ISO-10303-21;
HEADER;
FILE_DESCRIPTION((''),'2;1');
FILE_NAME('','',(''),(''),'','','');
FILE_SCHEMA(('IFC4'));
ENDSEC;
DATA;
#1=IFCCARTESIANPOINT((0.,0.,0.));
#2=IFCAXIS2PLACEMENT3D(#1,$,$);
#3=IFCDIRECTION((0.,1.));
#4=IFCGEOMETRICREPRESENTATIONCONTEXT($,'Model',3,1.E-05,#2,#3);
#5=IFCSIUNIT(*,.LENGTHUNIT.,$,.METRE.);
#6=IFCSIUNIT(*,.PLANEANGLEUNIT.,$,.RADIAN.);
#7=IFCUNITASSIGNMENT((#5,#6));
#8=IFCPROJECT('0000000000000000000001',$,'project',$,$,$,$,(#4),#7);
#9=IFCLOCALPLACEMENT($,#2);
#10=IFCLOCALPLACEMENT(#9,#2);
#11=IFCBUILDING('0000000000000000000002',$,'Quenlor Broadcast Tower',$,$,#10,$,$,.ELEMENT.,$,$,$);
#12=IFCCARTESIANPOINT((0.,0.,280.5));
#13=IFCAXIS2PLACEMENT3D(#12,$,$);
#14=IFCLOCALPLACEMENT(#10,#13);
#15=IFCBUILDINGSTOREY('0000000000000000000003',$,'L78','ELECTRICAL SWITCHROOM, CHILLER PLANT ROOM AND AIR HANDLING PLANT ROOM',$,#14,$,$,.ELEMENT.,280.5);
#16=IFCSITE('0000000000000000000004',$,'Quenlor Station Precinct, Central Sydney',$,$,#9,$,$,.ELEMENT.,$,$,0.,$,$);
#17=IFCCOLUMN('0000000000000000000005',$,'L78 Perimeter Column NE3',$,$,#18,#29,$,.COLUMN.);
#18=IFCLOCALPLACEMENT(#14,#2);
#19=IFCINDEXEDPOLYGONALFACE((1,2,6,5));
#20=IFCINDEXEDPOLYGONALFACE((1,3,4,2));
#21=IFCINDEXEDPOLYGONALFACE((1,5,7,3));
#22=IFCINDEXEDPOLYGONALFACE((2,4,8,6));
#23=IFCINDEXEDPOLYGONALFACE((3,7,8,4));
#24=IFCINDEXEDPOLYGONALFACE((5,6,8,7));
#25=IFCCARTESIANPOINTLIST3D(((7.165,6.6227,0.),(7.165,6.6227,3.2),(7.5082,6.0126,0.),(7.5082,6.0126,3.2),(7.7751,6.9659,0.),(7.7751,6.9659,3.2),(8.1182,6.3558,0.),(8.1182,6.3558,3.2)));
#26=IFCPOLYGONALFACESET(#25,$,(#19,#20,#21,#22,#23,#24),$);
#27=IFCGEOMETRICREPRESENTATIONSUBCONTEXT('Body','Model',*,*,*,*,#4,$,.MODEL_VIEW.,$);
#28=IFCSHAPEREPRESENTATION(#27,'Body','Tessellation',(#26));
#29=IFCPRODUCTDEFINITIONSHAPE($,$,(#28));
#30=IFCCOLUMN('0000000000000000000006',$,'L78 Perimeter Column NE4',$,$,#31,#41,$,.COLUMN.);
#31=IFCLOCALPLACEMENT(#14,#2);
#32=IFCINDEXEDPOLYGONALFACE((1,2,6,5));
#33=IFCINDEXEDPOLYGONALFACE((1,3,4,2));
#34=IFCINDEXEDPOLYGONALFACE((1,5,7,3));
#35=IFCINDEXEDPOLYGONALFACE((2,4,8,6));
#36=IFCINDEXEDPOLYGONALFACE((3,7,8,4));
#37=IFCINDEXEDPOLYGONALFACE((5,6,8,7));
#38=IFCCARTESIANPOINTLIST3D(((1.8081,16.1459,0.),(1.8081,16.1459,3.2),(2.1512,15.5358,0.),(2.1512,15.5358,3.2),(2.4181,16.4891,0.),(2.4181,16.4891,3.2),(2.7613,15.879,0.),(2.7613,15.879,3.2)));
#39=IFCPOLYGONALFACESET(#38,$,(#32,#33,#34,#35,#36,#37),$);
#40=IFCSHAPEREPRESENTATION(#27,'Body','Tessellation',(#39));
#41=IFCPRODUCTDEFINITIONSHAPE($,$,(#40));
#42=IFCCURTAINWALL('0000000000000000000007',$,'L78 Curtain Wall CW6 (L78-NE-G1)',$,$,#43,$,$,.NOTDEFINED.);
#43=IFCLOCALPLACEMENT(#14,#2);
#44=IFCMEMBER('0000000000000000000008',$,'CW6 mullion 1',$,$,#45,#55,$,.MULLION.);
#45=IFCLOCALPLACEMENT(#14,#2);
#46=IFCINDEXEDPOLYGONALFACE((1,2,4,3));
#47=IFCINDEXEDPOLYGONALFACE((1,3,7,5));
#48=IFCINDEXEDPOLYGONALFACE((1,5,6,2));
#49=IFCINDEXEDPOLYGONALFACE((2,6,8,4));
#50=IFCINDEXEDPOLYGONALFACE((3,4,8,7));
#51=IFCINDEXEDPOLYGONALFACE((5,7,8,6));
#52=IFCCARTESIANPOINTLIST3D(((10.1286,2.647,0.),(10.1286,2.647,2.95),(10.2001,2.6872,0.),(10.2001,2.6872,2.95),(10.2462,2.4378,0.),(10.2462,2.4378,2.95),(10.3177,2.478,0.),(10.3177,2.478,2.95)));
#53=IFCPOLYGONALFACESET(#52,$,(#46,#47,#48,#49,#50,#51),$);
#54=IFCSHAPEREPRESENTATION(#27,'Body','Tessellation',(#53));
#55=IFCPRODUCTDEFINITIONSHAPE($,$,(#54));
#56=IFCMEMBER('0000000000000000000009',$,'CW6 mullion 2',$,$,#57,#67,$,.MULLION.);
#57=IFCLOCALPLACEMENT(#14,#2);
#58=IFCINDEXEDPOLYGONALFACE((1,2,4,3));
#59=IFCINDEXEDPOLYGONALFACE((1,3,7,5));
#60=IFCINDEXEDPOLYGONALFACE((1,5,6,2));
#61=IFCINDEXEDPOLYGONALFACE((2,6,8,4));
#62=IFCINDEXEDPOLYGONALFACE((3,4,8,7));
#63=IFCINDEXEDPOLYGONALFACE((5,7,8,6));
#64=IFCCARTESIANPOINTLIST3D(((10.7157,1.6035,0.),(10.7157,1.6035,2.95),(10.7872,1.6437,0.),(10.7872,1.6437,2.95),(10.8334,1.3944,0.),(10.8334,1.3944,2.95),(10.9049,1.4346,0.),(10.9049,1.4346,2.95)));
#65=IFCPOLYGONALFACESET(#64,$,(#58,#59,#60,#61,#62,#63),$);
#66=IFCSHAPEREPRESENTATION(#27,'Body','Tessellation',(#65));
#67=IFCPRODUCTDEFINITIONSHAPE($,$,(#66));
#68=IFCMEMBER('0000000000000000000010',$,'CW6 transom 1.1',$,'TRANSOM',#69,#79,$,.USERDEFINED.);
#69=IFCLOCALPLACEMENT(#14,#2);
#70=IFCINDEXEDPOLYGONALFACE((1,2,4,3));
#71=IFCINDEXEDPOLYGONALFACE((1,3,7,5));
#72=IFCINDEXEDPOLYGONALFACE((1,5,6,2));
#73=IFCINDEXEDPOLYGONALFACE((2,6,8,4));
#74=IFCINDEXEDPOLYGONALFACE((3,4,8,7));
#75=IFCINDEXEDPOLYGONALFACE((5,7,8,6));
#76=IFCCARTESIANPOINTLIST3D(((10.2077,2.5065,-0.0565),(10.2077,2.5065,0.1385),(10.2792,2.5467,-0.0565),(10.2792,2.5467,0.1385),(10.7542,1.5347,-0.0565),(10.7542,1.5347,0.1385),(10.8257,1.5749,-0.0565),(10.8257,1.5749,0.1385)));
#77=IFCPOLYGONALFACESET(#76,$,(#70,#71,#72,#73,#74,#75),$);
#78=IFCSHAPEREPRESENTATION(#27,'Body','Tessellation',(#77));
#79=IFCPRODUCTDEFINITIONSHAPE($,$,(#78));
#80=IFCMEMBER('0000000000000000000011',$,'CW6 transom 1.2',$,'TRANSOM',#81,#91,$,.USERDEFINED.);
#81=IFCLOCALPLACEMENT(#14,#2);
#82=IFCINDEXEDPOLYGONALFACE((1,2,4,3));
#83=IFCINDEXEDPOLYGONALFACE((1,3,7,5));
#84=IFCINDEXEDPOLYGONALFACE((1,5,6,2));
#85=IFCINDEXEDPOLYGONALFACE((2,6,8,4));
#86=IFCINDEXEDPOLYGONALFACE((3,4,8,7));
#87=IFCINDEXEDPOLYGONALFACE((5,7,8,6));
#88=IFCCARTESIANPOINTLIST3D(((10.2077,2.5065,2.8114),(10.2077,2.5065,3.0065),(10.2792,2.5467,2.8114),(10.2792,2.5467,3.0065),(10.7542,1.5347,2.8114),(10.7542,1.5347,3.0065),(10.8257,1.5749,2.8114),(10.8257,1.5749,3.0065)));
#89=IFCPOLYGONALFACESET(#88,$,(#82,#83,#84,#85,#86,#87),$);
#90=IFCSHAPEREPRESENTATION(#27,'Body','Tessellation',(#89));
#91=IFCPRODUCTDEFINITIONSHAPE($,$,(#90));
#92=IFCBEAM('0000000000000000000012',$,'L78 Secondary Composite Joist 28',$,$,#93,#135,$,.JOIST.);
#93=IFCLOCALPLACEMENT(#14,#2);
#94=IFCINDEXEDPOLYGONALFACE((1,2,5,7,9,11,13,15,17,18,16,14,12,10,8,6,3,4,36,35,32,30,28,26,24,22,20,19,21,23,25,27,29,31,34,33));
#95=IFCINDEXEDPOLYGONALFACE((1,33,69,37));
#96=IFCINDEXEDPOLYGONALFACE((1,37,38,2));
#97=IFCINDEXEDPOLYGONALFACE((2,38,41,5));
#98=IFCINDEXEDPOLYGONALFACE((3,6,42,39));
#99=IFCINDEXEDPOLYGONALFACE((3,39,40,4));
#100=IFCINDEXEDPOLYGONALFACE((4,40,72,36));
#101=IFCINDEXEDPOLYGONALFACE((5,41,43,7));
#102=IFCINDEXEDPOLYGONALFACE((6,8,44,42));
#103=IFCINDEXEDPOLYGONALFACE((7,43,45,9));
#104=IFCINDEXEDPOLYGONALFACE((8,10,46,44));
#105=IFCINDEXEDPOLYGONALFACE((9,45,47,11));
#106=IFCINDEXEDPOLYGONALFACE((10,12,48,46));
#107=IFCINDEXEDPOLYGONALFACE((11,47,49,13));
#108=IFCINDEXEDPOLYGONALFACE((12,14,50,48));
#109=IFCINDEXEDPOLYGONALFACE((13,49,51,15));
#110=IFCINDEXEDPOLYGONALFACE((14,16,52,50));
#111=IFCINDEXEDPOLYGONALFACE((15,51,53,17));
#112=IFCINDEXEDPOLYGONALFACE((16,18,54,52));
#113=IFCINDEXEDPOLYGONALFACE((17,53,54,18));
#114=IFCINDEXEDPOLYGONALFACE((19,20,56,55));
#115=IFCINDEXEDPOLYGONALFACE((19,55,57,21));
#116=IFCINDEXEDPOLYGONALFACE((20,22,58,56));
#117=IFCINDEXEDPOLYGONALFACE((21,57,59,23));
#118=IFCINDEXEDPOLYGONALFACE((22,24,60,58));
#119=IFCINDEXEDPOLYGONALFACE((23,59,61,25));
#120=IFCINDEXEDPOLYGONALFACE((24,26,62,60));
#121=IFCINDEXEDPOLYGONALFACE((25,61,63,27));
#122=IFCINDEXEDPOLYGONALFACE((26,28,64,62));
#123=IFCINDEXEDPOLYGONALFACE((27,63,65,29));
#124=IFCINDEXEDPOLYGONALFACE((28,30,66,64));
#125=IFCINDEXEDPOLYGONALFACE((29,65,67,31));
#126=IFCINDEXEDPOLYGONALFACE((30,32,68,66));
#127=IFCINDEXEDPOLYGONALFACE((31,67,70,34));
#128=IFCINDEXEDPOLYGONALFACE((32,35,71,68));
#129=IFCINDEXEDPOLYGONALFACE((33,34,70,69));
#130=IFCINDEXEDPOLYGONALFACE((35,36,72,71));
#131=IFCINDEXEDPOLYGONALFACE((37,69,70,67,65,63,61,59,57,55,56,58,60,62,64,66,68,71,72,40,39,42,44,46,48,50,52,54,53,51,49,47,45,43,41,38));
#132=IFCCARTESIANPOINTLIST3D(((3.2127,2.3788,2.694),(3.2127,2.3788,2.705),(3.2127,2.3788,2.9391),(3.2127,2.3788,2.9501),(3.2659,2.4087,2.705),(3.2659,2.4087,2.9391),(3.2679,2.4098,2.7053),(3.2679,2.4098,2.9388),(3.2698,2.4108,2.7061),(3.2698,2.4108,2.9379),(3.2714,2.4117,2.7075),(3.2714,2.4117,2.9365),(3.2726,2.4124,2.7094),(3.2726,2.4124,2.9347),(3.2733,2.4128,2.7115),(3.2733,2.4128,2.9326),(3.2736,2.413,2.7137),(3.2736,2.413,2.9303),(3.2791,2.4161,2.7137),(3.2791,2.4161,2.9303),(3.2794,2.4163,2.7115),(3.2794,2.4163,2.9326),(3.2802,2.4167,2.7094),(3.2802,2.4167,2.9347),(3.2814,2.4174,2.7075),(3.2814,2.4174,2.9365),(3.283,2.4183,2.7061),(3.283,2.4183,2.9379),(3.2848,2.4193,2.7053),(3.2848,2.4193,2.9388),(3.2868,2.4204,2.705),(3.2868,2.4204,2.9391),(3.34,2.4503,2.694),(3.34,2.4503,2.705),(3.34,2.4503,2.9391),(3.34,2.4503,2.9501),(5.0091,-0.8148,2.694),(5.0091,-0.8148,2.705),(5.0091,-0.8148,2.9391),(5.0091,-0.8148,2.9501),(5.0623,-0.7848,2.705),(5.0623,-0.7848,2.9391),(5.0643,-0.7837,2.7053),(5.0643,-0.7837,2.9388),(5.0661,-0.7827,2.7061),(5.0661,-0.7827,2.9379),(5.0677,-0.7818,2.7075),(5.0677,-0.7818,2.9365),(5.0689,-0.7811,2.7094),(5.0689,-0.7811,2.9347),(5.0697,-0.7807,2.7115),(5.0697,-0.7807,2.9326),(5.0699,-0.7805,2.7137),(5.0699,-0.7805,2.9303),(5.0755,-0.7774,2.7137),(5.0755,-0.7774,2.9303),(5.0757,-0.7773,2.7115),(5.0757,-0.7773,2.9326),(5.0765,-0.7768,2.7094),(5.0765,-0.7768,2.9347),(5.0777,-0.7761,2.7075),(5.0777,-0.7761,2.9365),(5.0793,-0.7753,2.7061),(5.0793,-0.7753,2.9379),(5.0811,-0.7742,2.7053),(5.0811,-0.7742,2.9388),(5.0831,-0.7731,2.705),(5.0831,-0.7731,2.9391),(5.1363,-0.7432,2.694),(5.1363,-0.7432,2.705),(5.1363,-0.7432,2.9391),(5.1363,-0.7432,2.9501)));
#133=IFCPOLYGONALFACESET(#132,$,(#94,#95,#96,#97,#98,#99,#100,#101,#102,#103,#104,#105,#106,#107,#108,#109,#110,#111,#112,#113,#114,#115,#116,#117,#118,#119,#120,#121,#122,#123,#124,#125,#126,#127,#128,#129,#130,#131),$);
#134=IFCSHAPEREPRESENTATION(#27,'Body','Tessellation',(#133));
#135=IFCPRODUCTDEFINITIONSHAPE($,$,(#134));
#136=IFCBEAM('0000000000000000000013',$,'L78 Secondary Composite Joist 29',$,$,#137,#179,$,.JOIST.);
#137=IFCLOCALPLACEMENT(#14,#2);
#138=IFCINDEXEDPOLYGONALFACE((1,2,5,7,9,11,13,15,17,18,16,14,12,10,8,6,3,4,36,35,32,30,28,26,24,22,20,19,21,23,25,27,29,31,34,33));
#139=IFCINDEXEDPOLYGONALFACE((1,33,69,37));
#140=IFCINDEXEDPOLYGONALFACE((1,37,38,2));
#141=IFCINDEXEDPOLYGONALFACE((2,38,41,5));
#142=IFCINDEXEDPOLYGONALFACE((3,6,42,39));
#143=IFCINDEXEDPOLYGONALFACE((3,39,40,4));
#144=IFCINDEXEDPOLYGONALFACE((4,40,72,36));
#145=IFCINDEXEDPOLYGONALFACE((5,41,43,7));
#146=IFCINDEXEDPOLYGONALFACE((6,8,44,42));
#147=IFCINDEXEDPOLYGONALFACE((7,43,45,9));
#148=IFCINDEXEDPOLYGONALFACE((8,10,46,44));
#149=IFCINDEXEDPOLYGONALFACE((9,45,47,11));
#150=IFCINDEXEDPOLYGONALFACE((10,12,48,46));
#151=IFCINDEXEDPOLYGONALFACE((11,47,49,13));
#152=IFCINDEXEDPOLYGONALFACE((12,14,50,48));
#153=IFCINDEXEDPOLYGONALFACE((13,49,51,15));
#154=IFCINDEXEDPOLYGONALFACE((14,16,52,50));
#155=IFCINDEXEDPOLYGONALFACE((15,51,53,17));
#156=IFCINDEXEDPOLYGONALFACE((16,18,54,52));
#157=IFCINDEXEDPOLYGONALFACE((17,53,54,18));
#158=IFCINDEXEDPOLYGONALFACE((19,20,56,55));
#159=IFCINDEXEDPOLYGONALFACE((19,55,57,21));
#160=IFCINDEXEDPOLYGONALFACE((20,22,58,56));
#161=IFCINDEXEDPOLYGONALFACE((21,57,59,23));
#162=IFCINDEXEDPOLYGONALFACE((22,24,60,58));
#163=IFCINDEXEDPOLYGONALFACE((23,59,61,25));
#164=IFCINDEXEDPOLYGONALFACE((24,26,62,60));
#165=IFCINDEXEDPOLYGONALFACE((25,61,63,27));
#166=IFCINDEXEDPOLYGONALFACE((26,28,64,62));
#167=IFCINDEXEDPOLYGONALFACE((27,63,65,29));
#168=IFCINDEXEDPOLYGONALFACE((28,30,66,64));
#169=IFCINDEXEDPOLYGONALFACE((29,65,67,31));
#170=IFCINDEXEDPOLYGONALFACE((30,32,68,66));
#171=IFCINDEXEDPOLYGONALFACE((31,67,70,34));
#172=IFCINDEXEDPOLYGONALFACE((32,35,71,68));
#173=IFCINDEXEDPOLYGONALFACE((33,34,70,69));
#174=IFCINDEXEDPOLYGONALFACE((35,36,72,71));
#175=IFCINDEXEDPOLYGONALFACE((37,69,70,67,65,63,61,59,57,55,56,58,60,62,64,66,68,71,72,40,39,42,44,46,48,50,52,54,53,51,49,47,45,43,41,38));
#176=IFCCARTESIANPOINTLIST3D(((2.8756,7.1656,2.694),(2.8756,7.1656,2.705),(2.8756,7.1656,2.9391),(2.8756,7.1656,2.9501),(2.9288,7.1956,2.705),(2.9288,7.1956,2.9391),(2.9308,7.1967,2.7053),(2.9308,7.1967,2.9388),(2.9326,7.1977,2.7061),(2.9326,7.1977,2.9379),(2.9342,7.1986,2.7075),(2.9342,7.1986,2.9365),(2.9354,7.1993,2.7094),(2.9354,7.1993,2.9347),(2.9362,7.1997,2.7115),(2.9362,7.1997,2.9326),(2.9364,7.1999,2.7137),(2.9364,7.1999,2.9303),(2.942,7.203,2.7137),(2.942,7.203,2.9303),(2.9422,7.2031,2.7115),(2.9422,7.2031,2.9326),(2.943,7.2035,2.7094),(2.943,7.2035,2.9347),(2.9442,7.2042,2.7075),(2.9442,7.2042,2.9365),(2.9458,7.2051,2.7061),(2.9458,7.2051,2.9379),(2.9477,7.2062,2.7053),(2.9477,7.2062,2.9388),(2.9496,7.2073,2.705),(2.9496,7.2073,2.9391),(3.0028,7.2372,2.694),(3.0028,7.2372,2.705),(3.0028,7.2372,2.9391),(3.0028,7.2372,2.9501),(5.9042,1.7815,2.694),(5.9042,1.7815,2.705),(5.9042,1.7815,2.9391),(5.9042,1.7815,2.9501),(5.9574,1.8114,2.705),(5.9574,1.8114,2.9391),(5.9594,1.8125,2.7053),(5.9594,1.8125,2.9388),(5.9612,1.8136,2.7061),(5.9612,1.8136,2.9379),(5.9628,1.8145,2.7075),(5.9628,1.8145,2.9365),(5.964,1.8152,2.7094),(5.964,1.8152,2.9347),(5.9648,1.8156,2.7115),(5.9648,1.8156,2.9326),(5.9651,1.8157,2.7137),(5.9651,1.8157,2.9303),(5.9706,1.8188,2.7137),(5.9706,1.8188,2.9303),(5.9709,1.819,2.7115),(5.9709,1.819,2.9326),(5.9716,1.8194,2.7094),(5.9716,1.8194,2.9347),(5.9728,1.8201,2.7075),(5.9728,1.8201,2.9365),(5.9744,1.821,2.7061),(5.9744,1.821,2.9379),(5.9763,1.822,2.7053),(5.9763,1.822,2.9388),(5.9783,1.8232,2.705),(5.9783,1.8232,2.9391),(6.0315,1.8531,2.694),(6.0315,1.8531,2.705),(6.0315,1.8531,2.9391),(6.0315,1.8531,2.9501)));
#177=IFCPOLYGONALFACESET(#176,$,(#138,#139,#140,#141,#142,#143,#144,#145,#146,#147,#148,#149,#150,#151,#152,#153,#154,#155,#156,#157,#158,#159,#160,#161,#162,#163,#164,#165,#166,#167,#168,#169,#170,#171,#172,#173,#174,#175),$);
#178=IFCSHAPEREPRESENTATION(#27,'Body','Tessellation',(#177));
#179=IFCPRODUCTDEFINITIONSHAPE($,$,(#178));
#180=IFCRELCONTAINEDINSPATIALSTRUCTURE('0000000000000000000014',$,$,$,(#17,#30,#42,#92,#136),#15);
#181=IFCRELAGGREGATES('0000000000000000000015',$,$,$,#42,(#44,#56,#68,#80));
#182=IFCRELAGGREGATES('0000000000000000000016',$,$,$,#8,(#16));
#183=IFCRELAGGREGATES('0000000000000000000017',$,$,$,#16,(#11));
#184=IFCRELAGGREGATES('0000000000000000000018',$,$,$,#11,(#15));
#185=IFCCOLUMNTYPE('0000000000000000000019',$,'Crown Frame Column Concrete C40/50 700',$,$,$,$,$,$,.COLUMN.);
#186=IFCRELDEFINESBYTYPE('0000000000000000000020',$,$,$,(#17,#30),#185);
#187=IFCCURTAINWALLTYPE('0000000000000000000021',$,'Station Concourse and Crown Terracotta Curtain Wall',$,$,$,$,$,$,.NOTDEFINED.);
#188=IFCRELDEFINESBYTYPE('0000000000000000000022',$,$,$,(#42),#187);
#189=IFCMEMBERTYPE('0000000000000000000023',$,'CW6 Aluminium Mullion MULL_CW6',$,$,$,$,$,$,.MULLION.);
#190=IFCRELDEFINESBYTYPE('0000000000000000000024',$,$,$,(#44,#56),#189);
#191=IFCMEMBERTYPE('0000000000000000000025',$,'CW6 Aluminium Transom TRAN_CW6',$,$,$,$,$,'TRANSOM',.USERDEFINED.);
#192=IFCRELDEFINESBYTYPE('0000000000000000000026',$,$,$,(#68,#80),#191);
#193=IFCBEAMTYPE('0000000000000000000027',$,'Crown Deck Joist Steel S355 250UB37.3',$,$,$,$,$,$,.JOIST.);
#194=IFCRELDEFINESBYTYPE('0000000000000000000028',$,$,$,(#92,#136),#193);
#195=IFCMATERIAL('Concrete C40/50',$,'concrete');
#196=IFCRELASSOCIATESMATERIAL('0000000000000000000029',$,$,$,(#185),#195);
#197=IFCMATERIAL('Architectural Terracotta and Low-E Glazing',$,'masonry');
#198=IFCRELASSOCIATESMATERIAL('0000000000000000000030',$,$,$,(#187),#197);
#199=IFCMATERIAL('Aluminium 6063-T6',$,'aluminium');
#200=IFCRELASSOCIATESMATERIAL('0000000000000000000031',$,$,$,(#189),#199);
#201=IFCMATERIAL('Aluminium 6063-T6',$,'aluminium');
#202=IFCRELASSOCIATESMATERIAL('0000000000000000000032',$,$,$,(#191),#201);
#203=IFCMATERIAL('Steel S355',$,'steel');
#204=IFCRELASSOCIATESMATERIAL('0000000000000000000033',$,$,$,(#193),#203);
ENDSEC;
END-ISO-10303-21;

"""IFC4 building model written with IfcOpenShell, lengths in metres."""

from ifc_helpers import new_model, si_unit, direction, frame, origin, origin_2d, place, context, subcontext, project, spatial, rectangle, i_section, extrude, material, material_profile, profile_set, type_object, element, aggregate, save


model = new_model("IFC4")

# Units and contexts
model_context = context("Model", 3, precision=1e-05, world=origin(), true_north=direction((0.0, 1.0)))
body_context = subcontext(model_context, "Body", "Model", "MODEL_VIEW")
ifc_project = project(units=[si_unit("LENGTHUNIT", "METRE"), si_unit("PLANEANGLEUNIT", "RADIAN")], contexts=[model_context])

# Site, building, storey
site_placement = place(None, origin())
site = spatial("IfcSite", under=ifc_project, at=site_placement, Name="Quenlor Station Precinct, Central Sydney", CompositionType="ELEMENT", RefElevation=0.0)
building_placement = place(site_placement, origin())
building = spatial("IfcBuilding", under=site, at=building_placement, Name="Quenlor Broadcast Tower", CompositionType="ELEMENT")
storey_placement = place(building_placement, frame((0.0, 0.0, 280.5)))
storey = spatial("IfcBuildingStorey", under=building, at=storey_placement, Name="L78", Description="ELECTRICAL SWITCHROOM, CHILLER PLANT ROOM AND AIR HANDLING PLANT ROOM", CompositionType="ELEMENT", Elevation=280.5)

# Columns
ifc_material_1 = material(Name="Concrete C40/50", Category="concrete")
ifc_material_profile_1 = material_profile(ifc_material_1, rectangle(XDim=0.7, YDim=0.7, at=origin_2d()))
ifc_profile_set_1 = profile_set([ifc_material_profile_1], Name="Concrete C40/50 RC700x700")
column_type = type_object("IfcColumnType", Name="Crown Frame Column Concrete C40/50 700", PredefinedType="COLUMN", material=ifc_profile_set_1)
for number, where, z_axis, x_axis, name in (
    (1, (7.6416, 6.4893, 0.0), (0.0, 0.0, 1.0), (0.871575, 0.490262, 0.0), "L78 Perimeter Column NE3"),
    (2, (2.2847, 16.0125, 0.0), (0.0, 0.0, 1.0), (0.871575, 0.490262, 0.0), "L78 Perimeter Column NE4"),
):
    element("IfcColumn", number, at=place(storey_placement, frame(where, z_axis=z_axis, x_axis=x_axis)), inside=storey, type_object=column_type, Name=name, PredefinedType="COLUMN", context=body_context, shape_type="SweptSolid", body=[
        extrude(rectangle(XDim=0.7, YDim=0.7, at=origin_2d()), origin(), (0.0, 0.0, 1.0), 3.2),
    ])

# Curtain wall, members
ifc_material_2 = material(Name="Architectural Terracotta and Low-E Glazing", Category="masonry")
curtain_wall_type = type_object("IfcCurtainWallType", Name="Station Concourse and Crown Terracotta Curtain Wall", PredefinedType="NOTDEFINED", material=ifc_material_2)
curtain_wall_placement = place(storey_placement, origin())
curtain_wall = element("IfcCurtainWall", 3, at=curtain_wall_placement, inside=storey, type_object=curtain_wall_type, Name="L78 Curtain Wall CW6 (L78-NE-G1)", PredefinedType="NOTDEFINED")
ifc_material_3 = material(Name="Aluminium 6063-T6", Category="aluminium")
ifc_material_profile_2 = material_profile(ifc_material_3, rectangle(XDim=0.082, YDim=0.24, at=origin_2d()))
ifc_profile_set_2 = profile_set([ifc_material_profile_2], Name="Aluminium 6063-T6 MULL82x240")
member_type_1 = type_object("IfcMemberType", Name="CW6 Aluminium Mullion MULL_CW6", PredefinedType="MULLION", material=ifc_profile_set_2)
member_1_placement = place(storey_placement, frame((10.2231, 2.5625, 0.0), z_axis=(0.0, 0.0, 1.0), x_axis=(0.871553, 0.490302, 0.0)))
member_1 = element("IfcMember", 4, at=member_1_placement, type_object=member_type_1, Name="CW6 mullion 1", PredefinedType="MULLION", context=body_context, shape_type="SweptSolid", body=[
    extrude(rectangle(XDim=0.082, YDim=0.24, at=origin_2d()), origin(), (0.0, 0.0, 1.0), 2.95),
])
member_2_placement = place(storey_placement, frame((10.8103, 1.519, 0.0), z_axis=(0.0, 0.0, 1.0), x_axis=(0.871553, 0.490302, 0.0)))
member_2 = element("IfcMember", 5, at=member_2_placement, type_object=member_type_1, Name="CW6 mullion 2", PredefinedType="MULLION", context=body_context, shape_type="SweptSolid", body=[
    extrude(rectangle(XDim=0.082, YDim=0.24, at=origin_2d()), origin(), (0.0, 0.0, 1.0), 2.95),
])
ifc_material_4 = material(Name="Aluminium 6063-T6", Category="aluminium")
ifc_material_profile_3 = material_profile(ifc_material_4, rectangle(XDim=0.082, YDim=0.1951, at=origin_2d()))
ifc_profile_set_3 = profile_set([ifc_material_profile_3], Name="Aluminium 6063-T6 TRAN82x195")
member_type_2 = type_object("IfcMemberType", Name="CW6 Aluminium Transom TRAN_CW6", ElementType="TRANSOM", PredefinedType="USERDEFINED", material=ifc_profile_set_3)
member_3_placement = place(storey_placement, frame((10.2434, 2.5266, 0.041), z_axis=(0.490209, -0.871605, 0.0), x_axis=(0.871605, 0.490209, 0.0)))
member_3 = element("IfcMember", 6, at=member_3_placement, type_object=member_type_2, Name="CW6 transom 1.1", ObjectType="TRANSOM", PredefinedType="USERDEFINED", context=body_context, shape_type="SweptSolid", body=[
    extrude(rectangle(XDim=0.082, YDim=0.1951, at=origin_2d()), origin(), (0.0, 0.0, 1.0), 1.115),
])
member_4_placement = place(storey_placement, frame((10.2434, 2.5266, 2.9089), z_axis=(0.490209, -0.871605, 0.0), x_axis=(0.871605, 0.490209, 0.0)))
member_4 = element("IfcMember", 7, at=member_4_placement, type_object=member_type_2, Name="CW6 transom 1.2", ObjectType="TRANSOM", PredefinedType="USERDEFINED", context=body_context, shape_type="SweptSolid", body=[
    extrude(rectangle(XDim=0.082, YDim=0.1951, at=origin_2d()), origin(), (0.0, 0.0, 1.0), 1.115),
])

# Beams
ifc_material_5 = material(Name="Steel S355", Category="steel")
ifc_material_profile_4 = material_profile(ifc_material_5, i_section(OverallWidth=0.146, OverallDepth=0.2561, WebThickness=0.0063, FlangeThickness=0.011, FilletRadius=0.0088, at=origin_2d()))
ifc_profile_set_4 = profile_set([ifc_material_profile_4], Name="Steel S355 250UB37.3")
beam_type_1 = type_object("IfcBeamType", Name="Crown Deck Joist Steel S355 250UB37.3", PredefinedType="JOIST", material=ifc_profile_set_4)
beam_1_placement = place(storey_placement, frame((3.2764, 2.4146, 2.822), z_axis=(0.490258, -0.871577, 0.0), x_axis=(0.871577, 0.490258, 0.0)))
element("IfcBeam", 8, at=beam_1_placement, inside=storey, type_object=beam_type_1, Name="L78 Secondary Composite Joist 28", PredefinedType="JOIST", context=body_context, shape_type="SweptSolid", body=[
    extrude(i_section(OverallWidth=0.146, OverallDepth=0.2561, WebThickness=0.0063, FlangeThickness=0.011, FilletRadius=0.0088, at=origin_2d()), origin(), (0.0, 0.0, 1.0), 3.6641),
])
beam_2_placement = place(storey_placement, frame((2.9392, 7.2014, 2.822), z_axis=(0.490267, -0.871572, 0.0), x_axis=(0.871572, 0.490267, 0.0)))
element("IfcBeam", 9, at=beam_2_placement, inside=storey, type_object=beam_type_1, Name="L78 Secondary Composite Joist 29", PredefinedType="JOIST", context=body_context, shape_type="SweptSolid", body=[
    extrude(i_section(OverallWidth=0.146, OverallDepth=0.2561, WebThickness=0.0063, FlangeThickness=0.011, FilletRadius=0.0088, at=origin_2d()), origin(), (0.0, 0.0, 1.0), 6.1775),
])

aggregate(curtain_wall, [member_1, member_2, member_3, member_4])

save(model, "model.ifc")
